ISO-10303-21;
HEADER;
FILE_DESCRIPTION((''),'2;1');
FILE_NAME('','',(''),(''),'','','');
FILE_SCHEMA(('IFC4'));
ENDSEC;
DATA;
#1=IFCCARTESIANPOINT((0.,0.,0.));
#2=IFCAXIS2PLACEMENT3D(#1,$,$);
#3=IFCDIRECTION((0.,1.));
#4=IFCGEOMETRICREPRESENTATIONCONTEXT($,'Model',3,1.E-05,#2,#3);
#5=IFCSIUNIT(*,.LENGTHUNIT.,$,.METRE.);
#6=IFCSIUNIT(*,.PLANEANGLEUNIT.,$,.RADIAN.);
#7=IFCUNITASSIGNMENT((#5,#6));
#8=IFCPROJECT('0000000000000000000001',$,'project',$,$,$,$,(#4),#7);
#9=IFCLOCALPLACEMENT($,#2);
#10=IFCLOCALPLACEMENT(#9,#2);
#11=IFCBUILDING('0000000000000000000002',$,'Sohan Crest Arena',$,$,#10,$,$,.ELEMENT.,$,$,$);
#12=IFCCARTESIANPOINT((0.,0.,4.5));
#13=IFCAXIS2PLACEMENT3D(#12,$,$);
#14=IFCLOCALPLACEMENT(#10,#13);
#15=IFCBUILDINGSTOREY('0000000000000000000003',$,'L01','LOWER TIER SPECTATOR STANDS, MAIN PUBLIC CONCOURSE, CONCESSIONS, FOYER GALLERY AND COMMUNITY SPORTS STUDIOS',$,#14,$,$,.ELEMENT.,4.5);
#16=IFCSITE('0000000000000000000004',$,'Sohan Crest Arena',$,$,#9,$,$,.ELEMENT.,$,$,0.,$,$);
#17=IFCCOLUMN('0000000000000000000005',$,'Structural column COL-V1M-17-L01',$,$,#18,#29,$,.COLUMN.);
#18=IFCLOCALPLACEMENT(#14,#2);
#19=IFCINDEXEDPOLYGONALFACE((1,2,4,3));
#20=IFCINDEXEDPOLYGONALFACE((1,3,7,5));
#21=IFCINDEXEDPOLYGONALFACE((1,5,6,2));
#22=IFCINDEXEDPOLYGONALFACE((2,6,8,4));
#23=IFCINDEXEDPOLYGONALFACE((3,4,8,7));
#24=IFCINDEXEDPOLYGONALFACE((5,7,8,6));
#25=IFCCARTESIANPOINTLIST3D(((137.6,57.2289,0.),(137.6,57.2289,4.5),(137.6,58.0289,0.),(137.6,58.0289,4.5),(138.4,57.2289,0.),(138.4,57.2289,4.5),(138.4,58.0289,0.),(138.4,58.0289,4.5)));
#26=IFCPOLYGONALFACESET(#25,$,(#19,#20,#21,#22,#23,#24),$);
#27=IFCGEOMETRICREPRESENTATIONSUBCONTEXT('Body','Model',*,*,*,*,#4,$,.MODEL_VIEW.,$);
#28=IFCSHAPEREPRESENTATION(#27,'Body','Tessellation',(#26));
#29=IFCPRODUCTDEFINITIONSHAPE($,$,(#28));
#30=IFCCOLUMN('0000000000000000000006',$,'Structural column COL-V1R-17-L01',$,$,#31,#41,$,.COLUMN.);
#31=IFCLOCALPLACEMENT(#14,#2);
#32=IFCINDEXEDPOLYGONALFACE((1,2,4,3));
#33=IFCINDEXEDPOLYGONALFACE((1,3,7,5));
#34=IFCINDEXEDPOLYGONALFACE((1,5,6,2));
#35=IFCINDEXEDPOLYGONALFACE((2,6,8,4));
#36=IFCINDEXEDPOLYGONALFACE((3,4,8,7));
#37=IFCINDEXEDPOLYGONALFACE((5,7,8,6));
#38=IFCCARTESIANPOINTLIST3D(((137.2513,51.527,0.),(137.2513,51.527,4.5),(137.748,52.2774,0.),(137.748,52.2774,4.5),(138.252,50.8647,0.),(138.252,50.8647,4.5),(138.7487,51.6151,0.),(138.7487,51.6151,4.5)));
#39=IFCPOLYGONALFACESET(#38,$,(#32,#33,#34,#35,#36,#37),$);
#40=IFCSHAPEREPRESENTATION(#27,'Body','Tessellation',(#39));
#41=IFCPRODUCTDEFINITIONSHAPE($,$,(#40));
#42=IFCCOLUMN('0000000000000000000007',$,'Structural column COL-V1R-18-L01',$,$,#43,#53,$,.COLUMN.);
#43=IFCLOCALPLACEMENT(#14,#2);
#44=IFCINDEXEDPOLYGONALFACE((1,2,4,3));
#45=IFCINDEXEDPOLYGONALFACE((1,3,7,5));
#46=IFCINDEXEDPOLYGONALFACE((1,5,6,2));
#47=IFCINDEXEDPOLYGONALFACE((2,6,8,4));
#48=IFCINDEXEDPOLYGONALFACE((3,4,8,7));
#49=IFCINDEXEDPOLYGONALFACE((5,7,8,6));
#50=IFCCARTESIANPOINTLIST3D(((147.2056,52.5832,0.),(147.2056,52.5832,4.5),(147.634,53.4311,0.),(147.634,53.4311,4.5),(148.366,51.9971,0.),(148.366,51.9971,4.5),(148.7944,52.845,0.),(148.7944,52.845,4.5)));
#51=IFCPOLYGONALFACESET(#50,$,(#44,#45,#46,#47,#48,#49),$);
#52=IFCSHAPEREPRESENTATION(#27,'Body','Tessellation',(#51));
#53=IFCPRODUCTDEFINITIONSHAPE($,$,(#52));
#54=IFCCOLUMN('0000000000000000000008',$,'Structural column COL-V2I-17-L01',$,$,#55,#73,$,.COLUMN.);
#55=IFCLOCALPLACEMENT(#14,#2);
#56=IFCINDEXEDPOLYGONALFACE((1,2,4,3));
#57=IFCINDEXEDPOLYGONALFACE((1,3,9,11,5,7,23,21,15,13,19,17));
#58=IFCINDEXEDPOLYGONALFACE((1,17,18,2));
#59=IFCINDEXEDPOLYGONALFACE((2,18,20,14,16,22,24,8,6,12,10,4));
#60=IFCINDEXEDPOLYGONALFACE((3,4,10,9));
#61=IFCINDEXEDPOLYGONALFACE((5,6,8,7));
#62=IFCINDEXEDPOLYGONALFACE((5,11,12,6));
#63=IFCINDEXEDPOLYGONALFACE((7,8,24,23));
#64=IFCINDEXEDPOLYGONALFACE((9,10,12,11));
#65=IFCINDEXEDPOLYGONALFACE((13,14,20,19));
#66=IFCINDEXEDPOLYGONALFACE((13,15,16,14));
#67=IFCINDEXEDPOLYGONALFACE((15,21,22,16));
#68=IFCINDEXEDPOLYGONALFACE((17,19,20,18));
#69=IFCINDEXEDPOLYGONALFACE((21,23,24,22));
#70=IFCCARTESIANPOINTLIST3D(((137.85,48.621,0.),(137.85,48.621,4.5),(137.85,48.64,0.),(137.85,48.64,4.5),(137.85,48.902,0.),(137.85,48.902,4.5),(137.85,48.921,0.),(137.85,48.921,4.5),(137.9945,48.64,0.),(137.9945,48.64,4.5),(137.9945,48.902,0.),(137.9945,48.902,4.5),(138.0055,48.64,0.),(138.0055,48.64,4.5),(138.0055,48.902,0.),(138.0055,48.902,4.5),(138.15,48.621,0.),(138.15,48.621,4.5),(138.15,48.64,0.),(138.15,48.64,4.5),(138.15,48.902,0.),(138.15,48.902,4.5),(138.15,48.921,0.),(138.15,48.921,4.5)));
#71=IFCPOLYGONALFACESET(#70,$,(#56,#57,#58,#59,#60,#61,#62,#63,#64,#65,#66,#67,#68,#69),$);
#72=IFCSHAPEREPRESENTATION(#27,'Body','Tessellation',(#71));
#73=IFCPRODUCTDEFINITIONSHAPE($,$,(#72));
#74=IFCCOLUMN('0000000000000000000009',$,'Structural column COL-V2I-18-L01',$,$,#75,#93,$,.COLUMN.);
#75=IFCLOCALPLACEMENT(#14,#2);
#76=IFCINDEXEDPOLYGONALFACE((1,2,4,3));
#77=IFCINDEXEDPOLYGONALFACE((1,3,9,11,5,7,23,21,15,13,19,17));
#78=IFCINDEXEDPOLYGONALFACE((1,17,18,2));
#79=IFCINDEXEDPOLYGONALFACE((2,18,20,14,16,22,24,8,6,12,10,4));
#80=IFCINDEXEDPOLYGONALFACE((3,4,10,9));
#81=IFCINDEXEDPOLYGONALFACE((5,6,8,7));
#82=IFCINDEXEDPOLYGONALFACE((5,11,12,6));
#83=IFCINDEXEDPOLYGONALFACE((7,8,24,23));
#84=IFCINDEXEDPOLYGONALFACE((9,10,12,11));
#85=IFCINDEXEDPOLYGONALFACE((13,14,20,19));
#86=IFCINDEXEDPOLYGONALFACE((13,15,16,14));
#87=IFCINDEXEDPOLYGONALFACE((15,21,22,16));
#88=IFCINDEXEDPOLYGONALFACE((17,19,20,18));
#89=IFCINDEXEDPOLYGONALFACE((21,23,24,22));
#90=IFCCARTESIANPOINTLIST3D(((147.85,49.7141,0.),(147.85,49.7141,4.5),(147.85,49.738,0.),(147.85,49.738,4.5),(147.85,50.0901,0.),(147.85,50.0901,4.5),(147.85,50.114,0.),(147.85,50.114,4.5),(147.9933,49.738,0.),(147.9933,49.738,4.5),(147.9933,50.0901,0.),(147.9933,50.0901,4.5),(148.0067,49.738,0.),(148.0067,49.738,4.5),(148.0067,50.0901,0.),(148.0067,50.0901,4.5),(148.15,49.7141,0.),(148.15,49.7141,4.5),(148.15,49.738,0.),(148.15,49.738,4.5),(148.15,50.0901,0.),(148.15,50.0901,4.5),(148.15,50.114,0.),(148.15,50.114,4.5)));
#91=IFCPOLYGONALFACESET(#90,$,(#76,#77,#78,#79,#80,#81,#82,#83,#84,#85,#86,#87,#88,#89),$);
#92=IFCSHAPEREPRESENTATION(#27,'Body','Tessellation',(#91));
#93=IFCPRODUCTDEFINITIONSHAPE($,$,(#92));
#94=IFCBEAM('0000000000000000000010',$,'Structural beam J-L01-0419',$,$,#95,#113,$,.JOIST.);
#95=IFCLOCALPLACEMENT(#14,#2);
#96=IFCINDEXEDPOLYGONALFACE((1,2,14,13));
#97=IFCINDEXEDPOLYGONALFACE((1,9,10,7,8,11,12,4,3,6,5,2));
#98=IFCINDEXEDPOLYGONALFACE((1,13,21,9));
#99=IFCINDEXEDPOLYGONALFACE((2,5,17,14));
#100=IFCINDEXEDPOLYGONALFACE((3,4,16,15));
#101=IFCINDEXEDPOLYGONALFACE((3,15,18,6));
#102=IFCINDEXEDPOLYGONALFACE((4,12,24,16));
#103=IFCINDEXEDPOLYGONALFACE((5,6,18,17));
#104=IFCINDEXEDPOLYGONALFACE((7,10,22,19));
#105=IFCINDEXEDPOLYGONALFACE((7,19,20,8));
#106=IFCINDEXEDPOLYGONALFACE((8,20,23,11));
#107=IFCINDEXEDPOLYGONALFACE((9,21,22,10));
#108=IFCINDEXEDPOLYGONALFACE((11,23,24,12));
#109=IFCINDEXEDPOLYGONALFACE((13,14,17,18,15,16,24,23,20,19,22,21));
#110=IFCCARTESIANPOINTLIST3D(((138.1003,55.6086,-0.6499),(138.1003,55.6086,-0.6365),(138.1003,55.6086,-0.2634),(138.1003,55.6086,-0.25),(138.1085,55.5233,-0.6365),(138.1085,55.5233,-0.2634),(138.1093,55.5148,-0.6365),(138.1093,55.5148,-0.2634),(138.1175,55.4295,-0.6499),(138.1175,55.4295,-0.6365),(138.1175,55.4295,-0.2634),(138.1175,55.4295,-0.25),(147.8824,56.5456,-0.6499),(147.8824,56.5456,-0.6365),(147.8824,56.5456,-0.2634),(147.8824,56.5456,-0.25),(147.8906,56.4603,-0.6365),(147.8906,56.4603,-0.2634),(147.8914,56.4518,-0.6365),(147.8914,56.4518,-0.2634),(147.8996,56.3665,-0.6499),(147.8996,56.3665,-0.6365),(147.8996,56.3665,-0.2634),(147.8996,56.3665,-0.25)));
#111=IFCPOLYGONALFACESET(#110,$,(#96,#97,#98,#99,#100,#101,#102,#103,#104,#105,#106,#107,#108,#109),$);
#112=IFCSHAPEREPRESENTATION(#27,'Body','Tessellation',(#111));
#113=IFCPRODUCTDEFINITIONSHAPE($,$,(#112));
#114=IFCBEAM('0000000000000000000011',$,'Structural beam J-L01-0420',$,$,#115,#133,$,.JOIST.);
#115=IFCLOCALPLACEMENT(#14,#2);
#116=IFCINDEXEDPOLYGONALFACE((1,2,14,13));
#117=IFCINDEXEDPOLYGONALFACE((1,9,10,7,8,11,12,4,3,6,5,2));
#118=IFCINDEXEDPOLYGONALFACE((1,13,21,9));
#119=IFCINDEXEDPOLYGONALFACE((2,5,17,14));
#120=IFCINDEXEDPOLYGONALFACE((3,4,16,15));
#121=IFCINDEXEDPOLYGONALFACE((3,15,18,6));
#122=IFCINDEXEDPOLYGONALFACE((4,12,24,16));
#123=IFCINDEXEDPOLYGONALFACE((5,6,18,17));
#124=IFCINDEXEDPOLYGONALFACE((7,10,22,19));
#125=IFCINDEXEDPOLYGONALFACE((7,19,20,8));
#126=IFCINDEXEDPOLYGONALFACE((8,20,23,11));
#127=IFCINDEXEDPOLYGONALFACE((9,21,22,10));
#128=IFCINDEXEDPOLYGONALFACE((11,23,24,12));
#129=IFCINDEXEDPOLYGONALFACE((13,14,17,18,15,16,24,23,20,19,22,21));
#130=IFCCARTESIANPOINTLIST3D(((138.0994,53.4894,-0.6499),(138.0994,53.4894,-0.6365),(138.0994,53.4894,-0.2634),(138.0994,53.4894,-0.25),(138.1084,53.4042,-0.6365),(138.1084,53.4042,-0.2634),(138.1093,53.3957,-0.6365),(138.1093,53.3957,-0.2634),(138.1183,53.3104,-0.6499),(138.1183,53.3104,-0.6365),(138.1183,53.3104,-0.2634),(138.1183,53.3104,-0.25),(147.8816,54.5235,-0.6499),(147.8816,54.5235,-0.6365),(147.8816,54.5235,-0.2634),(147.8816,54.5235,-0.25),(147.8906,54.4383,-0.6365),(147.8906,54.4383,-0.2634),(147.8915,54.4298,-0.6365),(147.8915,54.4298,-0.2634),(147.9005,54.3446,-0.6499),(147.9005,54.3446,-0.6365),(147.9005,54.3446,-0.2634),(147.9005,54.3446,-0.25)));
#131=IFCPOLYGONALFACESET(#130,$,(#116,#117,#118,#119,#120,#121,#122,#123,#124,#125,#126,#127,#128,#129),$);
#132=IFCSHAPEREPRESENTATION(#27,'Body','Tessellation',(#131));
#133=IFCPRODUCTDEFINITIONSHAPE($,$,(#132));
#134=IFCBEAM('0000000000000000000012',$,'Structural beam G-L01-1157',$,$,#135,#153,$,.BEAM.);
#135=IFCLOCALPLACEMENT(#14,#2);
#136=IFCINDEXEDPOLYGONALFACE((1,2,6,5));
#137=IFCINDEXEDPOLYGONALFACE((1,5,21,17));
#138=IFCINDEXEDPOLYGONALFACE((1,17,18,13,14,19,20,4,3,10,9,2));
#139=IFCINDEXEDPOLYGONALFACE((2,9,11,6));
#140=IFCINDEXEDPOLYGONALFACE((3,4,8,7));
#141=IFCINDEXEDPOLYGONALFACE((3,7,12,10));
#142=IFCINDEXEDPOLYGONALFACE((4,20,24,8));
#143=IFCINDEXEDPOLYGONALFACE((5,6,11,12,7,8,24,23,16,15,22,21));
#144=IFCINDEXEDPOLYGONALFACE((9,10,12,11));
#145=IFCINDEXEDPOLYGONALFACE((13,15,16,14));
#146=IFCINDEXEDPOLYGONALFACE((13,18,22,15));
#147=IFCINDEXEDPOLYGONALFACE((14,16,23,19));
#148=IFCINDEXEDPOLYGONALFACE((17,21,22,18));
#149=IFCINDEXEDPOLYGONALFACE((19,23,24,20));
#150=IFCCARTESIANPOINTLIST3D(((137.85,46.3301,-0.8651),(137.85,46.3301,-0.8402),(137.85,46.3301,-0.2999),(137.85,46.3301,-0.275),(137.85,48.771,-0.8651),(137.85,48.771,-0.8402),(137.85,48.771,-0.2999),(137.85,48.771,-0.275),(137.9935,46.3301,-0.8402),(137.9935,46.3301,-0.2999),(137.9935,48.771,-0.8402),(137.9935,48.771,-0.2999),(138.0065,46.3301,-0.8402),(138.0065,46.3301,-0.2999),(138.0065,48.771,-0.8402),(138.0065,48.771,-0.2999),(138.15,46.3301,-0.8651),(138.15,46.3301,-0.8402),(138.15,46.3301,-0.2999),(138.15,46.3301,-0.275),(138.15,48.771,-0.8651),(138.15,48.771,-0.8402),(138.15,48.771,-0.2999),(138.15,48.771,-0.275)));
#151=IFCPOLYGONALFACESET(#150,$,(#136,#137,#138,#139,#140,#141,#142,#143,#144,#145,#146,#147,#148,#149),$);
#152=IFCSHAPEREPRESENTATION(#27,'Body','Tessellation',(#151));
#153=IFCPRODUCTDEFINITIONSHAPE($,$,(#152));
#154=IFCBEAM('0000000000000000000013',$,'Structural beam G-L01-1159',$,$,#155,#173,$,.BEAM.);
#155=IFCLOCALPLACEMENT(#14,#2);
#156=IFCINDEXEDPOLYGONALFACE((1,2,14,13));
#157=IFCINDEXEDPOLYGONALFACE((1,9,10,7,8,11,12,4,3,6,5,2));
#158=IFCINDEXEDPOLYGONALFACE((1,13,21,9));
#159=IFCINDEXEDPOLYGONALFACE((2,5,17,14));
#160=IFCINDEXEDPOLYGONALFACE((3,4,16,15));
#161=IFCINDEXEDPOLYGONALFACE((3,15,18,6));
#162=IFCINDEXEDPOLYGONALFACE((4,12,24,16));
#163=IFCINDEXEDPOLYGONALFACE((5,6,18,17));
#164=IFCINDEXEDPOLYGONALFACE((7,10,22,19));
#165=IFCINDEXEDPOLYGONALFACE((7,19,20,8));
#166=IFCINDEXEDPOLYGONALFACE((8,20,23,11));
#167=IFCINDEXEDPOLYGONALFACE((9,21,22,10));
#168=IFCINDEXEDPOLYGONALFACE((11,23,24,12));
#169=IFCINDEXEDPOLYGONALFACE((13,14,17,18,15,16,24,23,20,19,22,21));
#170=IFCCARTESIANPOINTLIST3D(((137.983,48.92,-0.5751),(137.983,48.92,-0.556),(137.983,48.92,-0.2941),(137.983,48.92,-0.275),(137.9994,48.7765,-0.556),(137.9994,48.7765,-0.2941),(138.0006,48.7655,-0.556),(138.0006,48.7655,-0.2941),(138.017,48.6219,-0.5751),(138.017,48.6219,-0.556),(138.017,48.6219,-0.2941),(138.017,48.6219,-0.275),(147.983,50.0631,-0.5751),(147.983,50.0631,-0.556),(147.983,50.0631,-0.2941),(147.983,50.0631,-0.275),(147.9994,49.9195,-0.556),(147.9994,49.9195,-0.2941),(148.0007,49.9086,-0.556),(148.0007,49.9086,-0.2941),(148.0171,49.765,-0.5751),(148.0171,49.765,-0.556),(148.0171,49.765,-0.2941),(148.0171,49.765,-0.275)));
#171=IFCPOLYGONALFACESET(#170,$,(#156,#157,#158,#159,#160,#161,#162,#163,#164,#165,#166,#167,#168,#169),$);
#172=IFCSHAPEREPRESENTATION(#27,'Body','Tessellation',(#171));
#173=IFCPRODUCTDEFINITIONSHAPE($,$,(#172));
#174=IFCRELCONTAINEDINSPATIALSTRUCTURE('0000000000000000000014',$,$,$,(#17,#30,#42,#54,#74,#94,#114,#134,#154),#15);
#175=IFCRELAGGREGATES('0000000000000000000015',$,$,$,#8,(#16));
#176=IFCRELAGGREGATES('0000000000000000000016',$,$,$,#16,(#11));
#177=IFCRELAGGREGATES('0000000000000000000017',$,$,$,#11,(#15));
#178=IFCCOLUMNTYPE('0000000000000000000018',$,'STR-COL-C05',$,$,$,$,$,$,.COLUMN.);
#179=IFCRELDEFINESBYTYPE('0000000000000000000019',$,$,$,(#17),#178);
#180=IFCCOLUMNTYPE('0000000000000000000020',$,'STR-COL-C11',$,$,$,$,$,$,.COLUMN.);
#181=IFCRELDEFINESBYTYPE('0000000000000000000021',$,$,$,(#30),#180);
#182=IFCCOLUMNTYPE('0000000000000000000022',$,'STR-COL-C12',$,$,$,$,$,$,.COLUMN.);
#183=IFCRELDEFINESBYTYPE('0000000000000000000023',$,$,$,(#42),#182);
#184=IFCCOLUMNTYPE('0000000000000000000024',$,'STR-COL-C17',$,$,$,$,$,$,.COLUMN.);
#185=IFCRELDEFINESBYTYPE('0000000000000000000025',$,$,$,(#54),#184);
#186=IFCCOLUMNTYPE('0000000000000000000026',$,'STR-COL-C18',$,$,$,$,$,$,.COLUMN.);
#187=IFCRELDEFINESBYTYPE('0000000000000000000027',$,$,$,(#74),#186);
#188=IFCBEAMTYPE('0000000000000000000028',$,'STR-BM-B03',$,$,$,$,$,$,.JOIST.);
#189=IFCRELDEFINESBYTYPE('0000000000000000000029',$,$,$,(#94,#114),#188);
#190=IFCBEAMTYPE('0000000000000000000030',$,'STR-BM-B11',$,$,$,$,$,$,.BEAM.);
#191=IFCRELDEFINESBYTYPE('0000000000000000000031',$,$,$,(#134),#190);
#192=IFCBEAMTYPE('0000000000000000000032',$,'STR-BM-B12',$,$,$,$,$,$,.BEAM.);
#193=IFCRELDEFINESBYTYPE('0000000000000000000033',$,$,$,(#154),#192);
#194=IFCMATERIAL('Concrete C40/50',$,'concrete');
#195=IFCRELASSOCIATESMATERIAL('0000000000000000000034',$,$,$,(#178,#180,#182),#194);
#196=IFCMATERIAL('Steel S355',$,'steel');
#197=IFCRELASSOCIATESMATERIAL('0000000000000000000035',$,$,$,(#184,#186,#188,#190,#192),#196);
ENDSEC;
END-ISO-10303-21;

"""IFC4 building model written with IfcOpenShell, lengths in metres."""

from ifc_helpers import new_model, si_unit, direction, frame, origin, origin_2d, place, context, subcontext, project, spatial, rectangle, i_section, extrude, material, material_profile, profile_set, type_object, element, save


model = new_model("IFC4")

# Units and contexts
model_context = context("Model", 3, precision=1e-05, world=origin(), true_north=direction((0.0, 1.0)))
body_context = subcontext(model_context, "Body", "Model", "MODEL_VIEW")
ifc_project = project(units=[si_unit("LENGTHUNIT", "METRE"), si_unit("PLANEANGLEUNIT", "RADIAN")], contexts=[model_context])

# Site, building, storey
site_placement = place(None, origin())
site = spatial("IfcSite", under=ifc_project, at=site_placement, Name="Sohan Crest Arena", CompositionType="ELEMENT", RefElevation=0.0)
building_placement = place(site_placement, origin())
building = spatial("IfcBuilding", under=site, at=building_placement, Name="Sohan Crest Arena", CompositionType="ELEMENT")
storey_placement = place(building_placement, frame((0.0, 0.0, 4.5)))
storey = spatial("IfcBuildingStorey", under=building, at=storey_placement, Name="L01", Description="LOWER TIER SPECTATOR STANDS, MAIN PUBLIC CONCOURSE, CONCESSIONS, FOYER GALLERY AND COMMUNITY SPORTS STUDIOS", CompositionType="ELEMENT", Elevation=4.5)

# Columns
ifc_material_1 = material(Name="Concrete C40/50", Category="concrete")
ifc_material_profile_1 = material_profile(ifc_material_1, rectangle(XDim=0.8, YDim=0.8, at=origin_2d()), Name="RC 800x800")
ifc_profile_set_1 = profile_set([ifc_material_profile_1], Name="Concrete C40/50")
column_type_1 = type_object("IfcColumnType", Name="STR-COL-C05", PredefinedType="COLUMN", material=ifc_profile_set_1)
column_1_placement = place(storey_placement, frame((138.0, 57.6289, 0.0), z_axis=(0.0, 0.0, 1.0), x_axis=(1.0, 0.0, 0.0)))
element("IfcColumn", 1, at=column_1_placement, inside=storey, type_object=column_type_1, Name="Structural column COL-V1M-17-L01", PredefinedType="COLUMN", context=body_context, shape_type="SweptSolid", body=[
    extrude(rectangle(XDim=0.8, YDim=0.8, at=origin_2d()), origin(), (0.0, 0.0, 1.0), 4.5),
])
ifc_material_profile_2 = material_profile(ifc_material_1, rectangle(XDim=1.2, YDim=0.8999, at=origin_2d()), Name="RC 1200x900")
ifc_profile_set_2 = profile_set([ifc_material_profile_2], Name="Concrete C40/50")
column_type_2 = type_object("IfcColumnType", Name="STR-COL-C11", PredefinedType="COLUMN", material=ifc_profile_set_2)
column_2_placement = place(storey_placement, frame((138.0, 51.571, 0.0), z_axis=(0.0, 0.0, 1.0), x_axis=(-0.833886, 0.551937, 0.0)))
element("IfcColumn", 2, at=column_2_placement, inside=storey, type_object=column_type_2, Name="Structural column COL-V1R-17-L01", PredefinedType="COLUMN", context=body_context, shape_type="SweptSolid", body=[
    extrude(rectangle(XDim=1.2, YDim=0.8999, at=origin_2d()), origin(), (0.0, 0.0, 1.0), 4.5),
])
ifc_material_profile_3 = material_profile(ifc_material_1, rectangle(XDim=1.3, YDim=0.95, at=origin_2d()), Name="RC 1300x950")
ifc_profile_set_3 = profile_set([ifc_material_profile_3], Name="Concrete C40/50")
column_type_3 = type_object("IfcColumnType", Name="STR-COL-C12", PredefinedType="COLUMN", material=ifc_profile_set_3)
column_3_placement = place(storey_placement, frame((148.0, 52.7141, 0.0), z_axis=(0.0, 0.0, 1.0), x_axis=(-0.892586, 0.450878, 0.0)))
element("IfcColumn", 3, at=column_3_placement, inside=storey, type_object=column_type_3, Name="Structural column COL-V1R-18-L01", PredefinedType="COLUMN", context=body_context, shape_type="SweptSolid", body=[
    extrude(rectangle(XDim=1.3, YDim=0.95, at=origin_2d()), origin(), (0.0, 0.0, 1.0), 4.5),
])
ifc_material_2 = material(Name="Steel S355", Category="steel")
ifc_material_profile_4 = material_profile(ifc_material_2, i_section(OverallWidth=0.3, OverallDepth=0.3, WebThickness=0.011, FlangeThickness=0.019, at=origin_2d()), Name="HEB 300")
ifc_profile_set_4 = profile_set([ifc_material_profile_4], Name="Steel S355")
column_type_4 = type_object("IfcColumnType", Name="STR-COL-C17", PredefinedType="COLUMN", material=ifc_profile_set_4)
column_4_placement = place(storey_placement, frame((138.0, 48.771, 0.0), z_axis=(0.0, 0.0, 1.0), x_axis=(1.0, 0.0, 0.0)))
element("IfcColumn", 4, at=column_4_placement, inside=storey, type_object=column_type_4, Name="Structural column COL-V2I-17-L01", PredefinedType="COLUMN", context=body_context, shape_type="SweptSolid", body=[
    extrude(i_section(OverallWidth=0.3, OverallDepth=0.3, WebThickness=0.011, FlangeThickness=0.019, at=origin_2d()), origin(), (0.0, 0.0, 1.0), 4.5),
])
ifc_material_profile_5 = material_profile(ifc_material_2, i_section(OverallWidth=0.3, OverallDepth=0.3999, WebThickness=0.0134, FlangeThickness=0.0239, at=origin_2d()), Name="HEB 400")
ifc_profile_set_5 = profile_set([ifc_material_profile_5], Name="Steel S355")
column_type_5 = type_object("IfcColumnType", Name="STR-COL-C18", PredefinedType="COLUMN", material=ifc_profile_set_5)
column_5_placement = place(storey_placement, frame((148.0, 49.9141, 0.0), z_axis=(0.0, 0.0, 1.0), x_axis=(1.0, 0.0, 0.0)))
element("IfcColumn", 5, at=column_5_placement, inside=storey, type_object=column_type_5, Name="Structural column COL-V2I-18-L01", PredefinedType="COLUMN", context=body_context, shape_type="SweptSolid", body=[
    extrude(i_section(OverallWidth=0.3, OverallDepth=0.3999, WebThickness=0.0134, FlangeThickness=0.0239, at=origin_2d()), origin(), (0.0, 0.0, 1.0), 4.5),
])

# Beams
ifc_material_profile_6 = material_profile(ifc_material_2, i_section(OverallWidth=0.1799, OverallDepth=0.3999, WebThickness=0.0085, FlangeThickness=0.0134, at=origin_2d()), Name="IPE 400")
ifc_profile_set_6 = profile_set([ifc_material_profile_6], Name="Steel S355")
beam_type_1 = type_object("IfcBeamType", Name="STR-BM-B03", PredefinedType="JOIST", material=ifc_profile_set_6)
beam_1_placement = place(storey_placement, frame((138.1089, 55.519, -0.45), z_axis=(0.995444, 0.095351, 0.0), x_axis=(-0.095351, 0.995444, 0.0)))
element("IfcBeam", 6, at=beam_1_placement, inside=storey, type_object=beam_type_1, Name="Structural beam J-L01-0419", PredefinedType="JOIST", context=body_context, shape_type="SweptSolid", body=[
    extrude(i_section(OverallWidth=0.1799, OverallDepth=0.3999, WebThickness=0.0085, FlangeThickness=0.0134, at=origin_2d()), origin(), (0.0, 0.0, 1.0), 9.8269),
])
beam_2_placement = place(storey_placement, frame((138.1089, 53.3999, -0.45), z_axis=(0.994458, 0.105134, 0.0), x_axis=(-0.105134, 0.994458, 0.0)))
element("IfcBeam", 7, at=beam_2_placement, inside=storey, type_object=beam_type_1, Name="Structural beam J-L01-0420", PredefinedType="JOIST", context=body_context, shape_type="SweptSolid", body=[
    extrude(i_section(OverallWidth=0.1799, OverallDepth=0.3999, WebThickness=0.0085, FlangeThickness=0.0134, at=origin_2d()), origin(), (0.0, 0.0, 1.0), 9.8367),
])
ifc_material_profile_7 = material_profile(ifc_material_2, i_section(OverallWidth=0.3, OverallDepth=0.5901, WebThickness=0.0129, FlangeThickness=0.0249, at=origin_2d()), Name="HEA 600")
ifc_profile_set_7 = profile_set([ifc_material_profile_7], Name="Steel S355")
beam_type_2 = type_object("IfcBeamType", Name="STR-BM-B11", PredefinedType="BEAM", material=ifc_profile_set_7)
beam_3_placement = place(storey_placement, frame((138.0, 48.771, -0.5701), z_axis=(0.0, -1.0, 0.0), x_axis=(1.0, 0.0, 0.0)))
element("IfcBeam", 8, at=beam_3_placement, inside=storey, type_object=beam_type_2, Name="Structural beam G-L01-1157", PredefinedType="BEAM", context=body_context, shape_type="SweptSolid", body=[
    extrude(i_section(OverallWidth=0.3, OverallDepth=0.5901, WebThickness=0.0129, FlangeThickness=0.0249, at=origin_2d()), origin(), (0.0, 0.0, 1.0), 2.4409),
])
ifc_material_profile_8 = material_profile(ifc_material_2, i_section(OverallWidth=0.3, OverallDepth=0.3, WebThickness=0.011, FlangeThickness=0.019, at=origin_2d()), Name="HEB 300")
ifc_profile_set_8 = profile_set([ifc_material_profile_8], Name="Steel S355")
beam_type_3 = type_object("IfcBeamType", Name="STR-BM-B12", PredefinedType="BEAM", material=ifc_profile_set_8)
beam_4_placement = place(storey_placement, frame((138.0, 48.771, -0.425), z_axis=(0.99353, 0.113567, 0.0), x_axis=(-0.113567, 0.99353, 0.0)))
element("IfcBeam", 9, at=beam_4_placement, inside=storey, type_object=beam_type_3, Name="Structural beam G-L01-1159", PredefinedType="BEAM", context=body_context, shape_type="SweptSolid", body=[
    extrude(i_section(OverallWidth=0.3, OverallDepth=0.3, WebThickness=0.011, FlangeThickness=0.019, at=origin_2d()), origin(), (0.0, 0.0, 1.0), 10.0652),
])

save(model, "model.ifc")
